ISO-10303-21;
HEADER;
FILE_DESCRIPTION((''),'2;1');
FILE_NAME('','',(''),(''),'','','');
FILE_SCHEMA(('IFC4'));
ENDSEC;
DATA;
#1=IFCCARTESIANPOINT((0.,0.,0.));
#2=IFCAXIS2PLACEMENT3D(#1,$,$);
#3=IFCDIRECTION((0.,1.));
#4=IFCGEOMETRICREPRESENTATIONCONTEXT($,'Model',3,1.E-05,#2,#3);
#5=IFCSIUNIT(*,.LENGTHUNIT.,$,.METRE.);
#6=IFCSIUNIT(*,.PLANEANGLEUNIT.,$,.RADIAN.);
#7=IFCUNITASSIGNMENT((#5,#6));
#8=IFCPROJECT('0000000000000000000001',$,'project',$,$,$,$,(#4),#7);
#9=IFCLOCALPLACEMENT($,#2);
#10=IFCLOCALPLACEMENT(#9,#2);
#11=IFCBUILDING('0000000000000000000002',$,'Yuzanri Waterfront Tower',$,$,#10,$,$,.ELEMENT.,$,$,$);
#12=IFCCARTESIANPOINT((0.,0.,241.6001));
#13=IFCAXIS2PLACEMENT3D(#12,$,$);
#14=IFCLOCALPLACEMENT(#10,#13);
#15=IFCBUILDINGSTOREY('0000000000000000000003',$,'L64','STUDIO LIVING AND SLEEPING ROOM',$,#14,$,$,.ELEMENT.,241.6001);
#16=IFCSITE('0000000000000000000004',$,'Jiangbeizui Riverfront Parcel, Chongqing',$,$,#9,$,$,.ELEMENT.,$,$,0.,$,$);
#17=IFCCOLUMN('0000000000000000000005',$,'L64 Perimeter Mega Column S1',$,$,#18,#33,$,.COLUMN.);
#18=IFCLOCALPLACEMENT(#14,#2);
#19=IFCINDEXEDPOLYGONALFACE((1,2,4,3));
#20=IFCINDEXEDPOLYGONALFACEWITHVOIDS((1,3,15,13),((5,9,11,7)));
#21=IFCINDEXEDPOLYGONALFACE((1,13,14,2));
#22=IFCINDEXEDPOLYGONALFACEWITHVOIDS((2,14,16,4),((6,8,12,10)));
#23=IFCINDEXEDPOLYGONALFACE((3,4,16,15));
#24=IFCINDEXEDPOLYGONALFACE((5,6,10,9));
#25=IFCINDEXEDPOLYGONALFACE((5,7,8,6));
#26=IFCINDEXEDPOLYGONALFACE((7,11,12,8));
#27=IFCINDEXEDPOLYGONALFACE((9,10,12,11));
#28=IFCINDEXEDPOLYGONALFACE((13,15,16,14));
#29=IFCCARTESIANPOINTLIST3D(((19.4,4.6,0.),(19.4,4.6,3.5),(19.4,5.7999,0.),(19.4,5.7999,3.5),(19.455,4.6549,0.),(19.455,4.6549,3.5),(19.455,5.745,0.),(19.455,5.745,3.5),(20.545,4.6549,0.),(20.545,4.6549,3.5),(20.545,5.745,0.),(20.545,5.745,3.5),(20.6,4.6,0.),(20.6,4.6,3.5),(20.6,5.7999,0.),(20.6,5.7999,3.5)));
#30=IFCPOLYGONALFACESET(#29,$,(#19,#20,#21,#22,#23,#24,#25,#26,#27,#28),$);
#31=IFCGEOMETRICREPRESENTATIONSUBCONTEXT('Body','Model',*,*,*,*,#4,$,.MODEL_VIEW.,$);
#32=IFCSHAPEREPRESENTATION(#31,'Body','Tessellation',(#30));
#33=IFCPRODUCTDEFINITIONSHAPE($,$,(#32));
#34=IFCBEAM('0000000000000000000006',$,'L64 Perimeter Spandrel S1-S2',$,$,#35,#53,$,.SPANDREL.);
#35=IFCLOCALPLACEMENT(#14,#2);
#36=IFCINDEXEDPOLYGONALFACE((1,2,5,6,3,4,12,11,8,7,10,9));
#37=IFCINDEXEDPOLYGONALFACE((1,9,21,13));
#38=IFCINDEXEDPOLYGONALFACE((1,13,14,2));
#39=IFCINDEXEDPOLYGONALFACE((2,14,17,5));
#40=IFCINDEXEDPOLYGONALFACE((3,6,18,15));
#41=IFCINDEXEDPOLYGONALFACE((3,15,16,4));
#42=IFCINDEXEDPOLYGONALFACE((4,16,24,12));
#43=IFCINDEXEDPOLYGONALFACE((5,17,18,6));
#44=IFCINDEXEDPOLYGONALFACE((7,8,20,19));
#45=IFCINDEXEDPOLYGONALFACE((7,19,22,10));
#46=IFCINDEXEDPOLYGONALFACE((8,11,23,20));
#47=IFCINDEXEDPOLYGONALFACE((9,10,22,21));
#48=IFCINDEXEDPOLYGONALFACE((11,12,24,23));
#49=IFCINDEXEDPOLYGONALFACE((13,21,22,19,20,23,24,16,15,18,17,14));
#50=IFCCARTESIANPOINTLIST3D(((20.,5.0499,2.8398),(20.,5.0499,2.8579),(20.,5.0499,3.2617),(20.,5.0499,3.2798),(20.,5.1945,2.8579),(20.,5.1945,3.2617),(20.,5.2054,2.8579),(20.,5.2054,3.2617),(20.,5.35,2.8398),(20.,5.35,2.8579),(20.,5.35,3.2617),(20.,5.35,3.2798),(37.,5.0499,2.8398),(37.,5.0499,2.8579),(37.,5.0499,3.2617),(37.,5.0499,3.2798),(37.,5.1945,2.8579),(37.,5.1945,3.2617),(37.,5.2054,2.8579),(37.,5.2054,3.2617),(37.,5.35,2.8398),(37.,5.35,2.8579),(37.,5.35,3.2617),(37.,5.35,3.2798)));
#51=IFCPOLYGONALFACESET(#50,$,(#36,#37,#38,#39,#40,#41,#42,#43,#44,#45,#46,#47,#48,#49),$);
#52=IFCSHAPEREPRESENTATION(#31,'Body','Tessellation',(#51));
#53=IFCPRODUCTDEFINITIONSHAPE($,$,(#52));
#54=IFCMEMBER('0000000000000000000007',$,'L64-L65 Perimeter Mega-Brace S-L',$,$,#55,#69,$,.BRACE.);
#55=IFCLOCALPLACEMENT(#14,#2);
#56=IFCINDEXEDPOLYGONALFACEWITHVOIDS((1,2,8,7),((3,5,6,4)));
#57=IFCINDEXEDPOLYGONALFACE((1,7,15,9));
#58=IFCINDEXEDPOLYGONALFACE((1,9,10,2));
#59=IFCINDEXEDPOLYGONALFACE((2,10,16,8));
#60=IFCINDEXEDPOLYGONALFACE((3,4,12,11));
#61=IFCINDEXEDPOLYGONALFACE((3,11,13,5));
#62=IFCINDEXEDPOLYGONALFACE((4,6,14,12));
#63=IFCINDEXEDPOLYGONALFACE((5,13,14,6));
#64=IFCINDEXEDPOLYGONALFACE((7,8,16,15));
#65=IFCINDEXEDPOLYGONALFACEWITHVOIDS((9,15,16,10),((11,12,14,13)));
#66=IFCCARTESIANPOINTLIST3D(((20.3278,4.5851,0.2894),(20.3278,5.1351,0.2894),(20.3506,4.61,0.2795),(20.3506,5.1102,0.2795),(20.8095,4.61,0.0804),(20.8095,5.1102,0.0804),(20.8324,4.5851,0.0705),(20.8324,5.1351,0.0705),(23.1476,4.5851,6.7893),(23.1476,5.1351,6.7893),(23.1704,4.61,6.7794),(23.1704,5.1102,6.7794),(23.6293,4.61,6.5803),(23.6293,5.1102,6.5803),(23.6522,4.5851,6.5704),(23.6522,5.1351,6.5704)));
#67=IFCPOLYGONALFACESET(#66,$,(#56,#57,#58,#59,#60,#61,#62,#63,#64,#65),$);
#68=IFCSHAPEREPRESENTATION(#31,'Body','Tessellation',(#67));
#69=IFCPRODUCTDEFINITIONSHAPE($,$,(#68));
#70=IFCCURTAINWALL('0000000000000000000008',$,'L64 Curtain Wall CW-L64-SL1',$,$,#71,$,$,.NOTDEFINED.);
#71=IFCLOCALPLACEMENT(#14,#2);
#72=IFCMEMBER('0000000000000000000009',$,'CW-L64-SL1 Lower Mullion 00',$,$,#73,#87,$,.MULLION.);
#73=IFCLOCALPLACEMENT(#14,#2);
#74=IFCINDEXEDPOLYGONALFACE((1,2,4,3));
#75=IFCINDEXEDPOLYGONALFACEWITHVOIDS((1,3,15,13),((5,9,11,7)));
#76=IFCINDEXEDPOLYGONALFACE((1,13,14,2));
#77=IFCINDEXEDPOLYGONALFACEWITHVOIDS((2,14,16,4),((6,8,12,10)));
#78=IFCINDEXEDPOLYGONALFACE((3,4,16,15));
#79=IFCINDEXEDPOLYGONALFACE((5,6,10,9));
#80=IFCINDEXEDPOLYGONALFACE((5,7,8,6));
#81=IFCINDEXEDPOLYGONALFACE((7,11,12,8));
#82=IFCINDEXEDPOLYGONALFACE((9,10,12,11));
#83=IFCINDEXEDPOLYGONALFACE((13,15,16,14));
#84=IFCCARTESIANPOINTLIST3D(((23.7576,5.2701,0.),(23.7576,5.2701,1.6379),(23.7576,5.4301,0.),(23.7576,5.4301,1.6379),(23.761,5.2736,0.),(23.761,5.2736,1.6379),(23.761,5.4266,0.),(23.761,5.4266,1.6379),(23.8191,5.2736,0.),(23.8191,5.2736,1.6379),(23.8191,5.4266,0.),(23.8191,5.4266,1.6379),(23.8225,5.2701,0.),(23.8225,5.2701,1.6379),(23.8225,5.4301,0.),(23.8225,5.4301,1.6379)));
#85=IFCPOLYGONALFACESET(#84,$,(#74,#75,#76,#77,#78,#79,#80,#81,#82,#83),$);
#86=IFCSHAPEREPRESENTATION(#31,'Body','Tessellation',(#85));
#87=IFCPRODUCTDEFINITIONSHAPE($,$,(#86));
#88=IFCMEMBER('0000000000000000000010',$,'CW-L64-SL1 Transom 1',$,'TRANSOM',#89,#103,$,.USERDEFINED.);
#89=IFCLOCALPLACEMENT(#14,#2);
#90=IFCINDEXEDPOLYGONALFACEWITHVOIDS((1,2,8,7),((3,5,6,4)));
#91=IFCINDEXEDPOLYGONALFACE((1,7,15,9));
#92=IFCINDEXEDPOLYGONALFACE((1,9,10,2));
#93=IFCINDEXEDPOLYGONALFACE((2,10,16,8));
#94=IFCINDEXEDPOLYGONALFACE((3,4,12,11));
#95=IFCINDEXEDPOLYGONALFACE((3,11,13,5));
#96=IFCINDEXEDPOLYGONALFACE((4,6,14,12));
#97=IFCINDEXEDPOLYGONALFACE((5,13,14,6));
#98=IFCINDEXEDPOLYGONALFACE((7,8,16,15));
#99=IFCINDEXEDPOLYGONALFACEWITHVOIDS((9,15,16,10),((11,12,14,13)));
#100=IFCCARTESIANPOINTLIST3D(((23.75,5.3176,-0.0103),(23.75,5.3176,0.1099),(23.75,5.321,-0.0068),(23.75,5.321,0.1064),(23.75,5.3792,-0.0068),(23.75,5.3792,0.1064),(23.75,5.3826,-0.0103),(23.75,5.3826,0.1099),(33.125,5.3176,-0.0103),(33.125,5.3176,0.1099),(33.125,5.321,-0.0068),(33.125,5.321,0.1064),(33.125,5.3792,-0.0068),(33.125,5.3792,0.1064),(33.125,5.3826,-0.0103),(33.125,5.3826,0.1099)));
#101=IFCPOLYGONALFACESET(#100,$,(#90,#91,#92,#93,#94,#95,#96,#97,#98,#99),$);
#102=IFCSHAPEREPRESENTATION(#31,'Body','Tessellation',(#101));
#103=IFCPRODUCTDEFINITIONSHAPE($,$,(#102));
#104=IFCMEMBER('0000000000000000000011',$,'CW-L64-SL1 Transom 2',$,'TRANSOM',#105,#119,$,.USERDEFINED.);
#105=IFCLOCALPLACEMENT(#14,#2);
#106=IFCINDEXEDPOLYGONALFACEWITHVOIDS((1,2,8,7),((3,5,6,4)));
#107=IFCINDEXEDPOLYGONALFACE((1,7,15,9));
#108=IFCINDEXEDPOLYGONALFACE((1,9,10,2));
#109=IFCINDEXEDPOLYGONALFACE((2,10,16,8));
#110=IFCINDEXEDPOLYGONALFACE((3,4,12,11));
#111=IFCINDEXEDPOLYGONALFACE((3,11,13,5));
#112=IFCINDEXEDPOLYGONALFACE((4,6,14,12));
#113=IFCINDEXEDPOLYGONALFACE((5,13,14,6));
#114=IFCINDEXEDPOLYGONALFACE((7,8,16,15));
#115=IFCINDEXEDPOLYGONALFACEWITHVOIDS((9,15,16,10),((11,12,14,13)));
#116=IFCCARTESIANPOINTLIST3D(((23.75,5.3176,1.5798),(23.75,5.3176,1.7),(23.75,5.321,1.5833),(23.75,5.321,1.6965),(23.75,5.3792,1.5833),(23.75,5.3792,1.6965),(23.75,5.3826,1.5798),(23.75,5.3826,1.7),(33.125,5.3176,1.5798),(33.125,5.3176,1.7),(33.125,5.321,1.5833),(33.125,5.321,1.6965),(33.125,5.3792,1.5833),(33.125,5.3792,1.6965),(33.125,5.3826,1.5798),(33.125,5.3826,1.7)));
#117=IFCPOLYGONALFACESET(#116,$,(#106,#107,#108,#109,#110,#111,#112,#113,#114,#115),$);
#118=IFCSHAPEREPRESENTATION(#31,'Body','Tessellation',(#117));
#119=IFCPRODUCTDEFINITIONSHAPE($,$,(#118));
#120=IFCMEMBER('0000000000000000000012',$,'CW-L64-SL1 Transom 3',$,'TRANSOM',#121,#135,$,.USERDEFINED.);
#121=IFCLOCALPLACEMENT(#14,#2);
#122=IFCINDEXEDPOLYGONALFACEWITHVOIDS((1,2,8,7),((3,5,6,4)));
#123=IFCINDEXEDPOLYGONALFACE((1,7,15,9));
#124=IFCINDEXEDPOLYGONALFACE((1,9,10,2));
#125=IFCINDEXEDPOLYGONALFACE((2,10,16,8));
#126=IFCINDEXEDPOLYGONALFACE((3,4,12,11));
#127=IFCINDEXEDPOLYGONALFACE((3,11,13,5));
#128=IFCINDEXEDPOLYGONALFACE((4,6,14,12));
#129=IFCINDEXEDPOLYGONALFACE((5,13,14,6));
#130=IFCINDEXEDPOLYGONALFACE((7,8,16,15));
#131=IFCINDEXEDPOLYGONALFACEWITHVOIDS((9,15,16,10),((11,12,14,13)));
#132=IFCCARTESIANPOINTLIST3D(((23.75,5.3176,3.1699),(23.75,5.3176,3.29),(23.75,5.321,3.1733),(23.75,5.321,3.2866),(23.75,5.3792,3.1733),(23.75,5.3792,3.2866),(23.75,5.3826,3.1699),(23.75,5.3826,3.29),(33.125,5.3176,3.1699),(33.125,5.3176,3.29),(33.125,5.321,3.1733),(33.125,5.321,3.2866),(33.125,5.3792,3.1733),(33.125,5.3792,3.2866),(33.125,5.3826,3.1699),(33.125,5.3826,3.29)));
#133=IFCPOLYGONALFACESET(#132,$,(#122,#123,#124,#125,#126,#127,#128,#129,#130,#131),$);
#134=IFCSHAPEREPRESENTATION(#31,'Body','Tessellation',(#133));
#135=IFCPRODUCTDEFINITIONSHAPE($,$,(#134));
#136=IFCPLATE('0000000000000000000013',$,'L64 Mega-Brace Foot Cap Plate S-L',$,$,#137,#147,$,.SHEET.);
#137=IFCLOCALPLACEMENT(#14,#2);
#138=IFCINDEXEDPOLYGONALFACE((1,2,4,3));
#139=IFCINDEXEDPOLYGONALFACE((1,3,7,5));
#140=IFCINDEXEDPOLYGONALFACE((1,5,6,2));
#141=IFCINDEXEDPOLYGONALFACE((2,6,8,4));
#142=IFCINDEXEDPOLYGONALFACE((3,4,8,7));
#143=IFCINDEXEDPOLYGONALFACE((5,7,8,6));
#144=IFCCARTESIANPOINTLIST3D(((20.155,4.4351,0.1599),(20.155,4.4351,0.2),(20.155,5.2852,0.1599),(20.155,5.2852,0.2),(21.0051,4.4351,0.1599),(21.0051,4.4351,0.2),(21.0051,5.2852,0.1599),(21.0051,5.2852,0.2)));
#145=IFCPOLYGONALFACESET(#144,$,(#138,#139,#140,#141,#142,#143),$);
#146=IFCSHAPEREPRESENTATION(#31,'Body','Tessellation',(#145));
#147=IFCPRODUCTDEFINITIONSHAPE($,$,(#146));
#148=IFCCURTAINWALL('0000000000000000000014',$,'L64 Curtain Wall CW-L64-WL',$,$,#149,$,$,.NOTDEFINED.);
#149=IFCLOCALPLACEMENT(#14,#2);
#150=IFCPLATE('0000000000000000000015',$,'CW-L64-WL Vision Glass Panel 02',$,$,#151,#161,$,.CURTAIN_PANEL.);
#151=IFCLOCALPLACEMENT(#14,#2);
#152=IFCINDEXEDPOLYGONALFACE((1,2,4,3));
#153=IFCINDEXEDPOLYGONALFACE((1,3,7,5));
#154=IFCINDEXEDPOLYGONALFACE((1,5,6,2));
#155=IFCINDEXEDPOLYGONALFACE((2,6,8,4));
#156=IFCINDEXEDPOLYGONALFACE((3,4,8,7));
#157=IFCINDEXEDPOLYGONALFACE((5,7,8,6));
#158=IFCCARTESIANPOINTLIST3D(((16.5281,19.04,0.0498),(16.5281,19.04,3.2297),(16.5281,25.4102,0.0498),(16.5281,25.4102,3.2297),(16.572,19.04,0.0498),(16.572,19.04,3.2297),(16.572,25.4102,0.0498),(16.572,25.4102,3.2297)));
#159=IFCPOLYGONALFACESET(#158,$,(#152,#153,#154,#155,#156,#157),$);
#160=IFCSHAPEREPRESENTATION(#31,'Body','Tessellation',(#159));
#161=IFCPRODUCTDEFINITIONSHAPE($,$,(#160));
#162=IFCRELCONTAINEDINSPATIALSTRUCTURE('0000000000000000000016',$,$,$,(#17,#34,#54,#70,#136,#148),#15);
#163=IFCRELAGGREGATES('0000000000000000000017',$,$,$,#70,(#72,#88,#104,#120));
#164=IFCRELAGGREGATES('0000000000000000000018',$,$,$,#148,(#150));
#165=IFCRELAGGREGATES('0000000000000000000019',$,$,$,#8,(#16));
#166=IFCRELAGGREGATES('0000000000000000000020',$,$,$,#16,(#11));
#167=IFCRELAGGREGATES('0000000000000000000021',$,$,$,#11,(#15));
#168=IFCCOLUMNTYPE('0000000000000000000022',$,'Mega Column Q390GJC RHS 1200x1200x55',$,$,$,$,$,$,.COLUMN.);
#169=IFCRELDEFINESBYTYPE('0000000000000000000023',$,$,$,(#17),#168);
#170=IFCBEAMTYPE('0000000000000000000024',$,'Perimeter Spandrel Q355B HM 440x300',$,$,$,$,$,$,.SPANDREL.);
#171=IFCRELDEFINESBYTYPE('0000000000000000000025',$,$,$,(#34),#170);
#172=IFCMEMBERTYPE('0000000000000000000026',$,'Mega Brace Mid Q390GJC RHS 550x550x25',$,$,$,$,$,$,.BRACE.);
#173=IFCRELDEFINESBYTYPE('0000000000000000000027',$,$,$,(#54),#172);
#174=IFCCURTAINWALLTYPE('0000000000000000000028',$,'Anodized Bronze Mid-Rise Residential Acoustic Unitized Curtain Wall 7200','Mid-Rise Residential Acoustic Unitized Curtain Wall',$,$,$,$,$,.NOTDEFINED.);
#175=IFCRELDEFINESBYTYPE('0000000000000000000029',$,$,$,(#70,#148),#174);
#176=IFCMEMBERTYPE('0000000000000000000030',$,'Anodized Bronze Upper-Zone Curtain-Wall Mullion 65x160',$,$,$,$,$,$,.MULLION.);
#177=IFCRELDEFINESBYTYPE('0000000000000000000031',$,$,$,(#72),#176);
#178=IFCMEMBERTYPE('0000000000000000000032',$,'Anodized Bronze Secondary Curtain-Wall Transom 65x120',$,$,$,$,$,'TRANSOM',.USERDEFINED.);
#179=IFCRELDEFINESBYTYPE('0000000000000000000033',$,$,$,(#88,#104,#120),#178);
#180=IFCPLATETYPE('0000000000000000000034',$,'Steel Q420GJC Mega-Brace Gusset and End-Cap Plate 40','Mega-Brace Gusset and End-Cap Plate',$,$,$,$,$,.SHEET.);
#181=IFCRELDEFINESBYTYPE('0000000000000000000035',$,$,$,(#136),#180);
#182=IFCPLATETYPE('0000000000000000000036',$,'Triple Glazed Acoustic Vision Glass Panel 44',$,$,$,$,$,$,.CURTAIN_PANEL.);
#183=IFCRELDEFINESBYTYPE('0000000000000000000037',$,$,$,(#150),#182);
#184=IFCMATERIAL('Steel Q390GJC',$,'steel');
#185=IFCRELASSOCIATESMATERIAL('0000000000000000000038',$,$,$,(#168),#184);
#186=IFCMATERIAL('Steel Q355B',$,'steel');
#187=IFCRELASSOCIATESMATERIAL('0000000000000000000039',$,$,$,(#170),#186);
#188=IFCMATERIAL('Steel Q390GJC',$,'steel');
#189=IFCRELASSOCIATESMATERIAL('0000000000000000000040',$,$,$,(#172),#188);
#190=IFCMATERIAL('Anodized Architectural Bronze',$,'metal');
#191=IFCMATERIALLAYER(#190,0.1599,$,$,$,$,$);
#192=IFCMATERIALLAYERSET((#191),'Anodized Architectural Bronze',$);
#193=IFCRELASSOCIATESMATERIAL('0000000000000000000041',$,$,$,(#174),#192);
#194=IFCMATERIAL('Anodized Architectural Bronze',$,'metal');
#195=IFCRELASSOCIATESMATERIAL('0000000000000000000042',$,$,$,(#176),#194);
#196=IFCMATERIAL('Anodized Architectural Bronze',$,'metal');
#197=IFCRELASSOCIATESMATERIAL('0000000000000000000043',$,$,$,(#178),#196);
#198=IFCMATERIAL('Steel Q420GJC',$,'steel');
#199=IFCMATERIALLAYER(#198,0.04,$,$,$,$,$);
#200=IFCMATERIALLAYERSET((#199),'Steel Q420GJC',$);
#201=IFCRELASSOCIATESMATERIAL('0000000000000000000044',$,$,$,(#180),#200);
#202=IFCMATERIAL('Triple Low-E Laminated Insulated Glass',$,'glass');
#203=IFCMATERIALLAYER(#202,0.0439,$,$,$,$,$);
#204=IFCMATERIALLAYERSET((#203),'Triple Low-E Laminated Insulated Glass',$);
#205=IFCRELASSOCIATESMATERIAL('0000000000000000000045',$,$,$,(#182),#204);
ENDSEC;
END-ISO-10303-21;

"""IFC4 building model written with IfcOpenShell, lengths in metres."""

from ifc_helpers import new_model, si_unit, direction, frame, origin, origin_2d, place, context, subcontext, project, spatial, rectangle, hollow_rectangle, i_section, extrude, source, transform, mapped, material, layer, layer_set, material_profile, profile_set, type_object, element, aggregate, save


model = new_model("IFC4")

# Units and contexts
model_context = context("Model", 3, precision=1e-05, world=origin(), true_north=direction((0.0, 1.0)))
body_context = subcontext(model_context, "Body", "Model", "MODEL_VIEW")
ifc_project = project(units=[si_unit("LENGTHUNIT", "METRE"), si_unit("PLANEANGLEUNIT", "RADIAN")], contexts=[model_context])

# Site, building, storey
site_placement = place(None, origin())
site = spatial("IfcSite", under=ifc_project, at=site_placement, Name="Jiangbeizui Riverfront Parcel, Chongqing", CompositionType="ELEMENT", RefElevation=0.0)
building_placement = place(site_placement, origin())
building = spatial("IfcBuilding", under=site, at=building_placement, Name="Yuzanri Waterfront Tower", CompositionType="ELEMENT")
storey_placement = place(building_placement, frame((0.0, 0.0, 241.6001)))
storey = spatial("IfcBuildingStorey", under=building, at=storey_placement, Name="L64", Description="STUDIO LIVING AND SLEEPING ROOM", CompositionType="ELEMENT", Elevation=241.6001)

# Column
ifc_material_1 = material(Name="Steel Q390GJC", Category="steel")
ifc_material_profile_1 = material_profile(ifc_material_1, hollow_rectangle(XDim=1.2, YDim=1.2, WallThickness=0.0549, at=origin_2d()), Name="RHS 1200x1200x55")
ifc_profile_set_1 = profile_set([ifc_material_profile_1], Name="Steel Q390GJC")
column_type = type_object("IfcColumnType", Name="Mega Column Q390GJC RHS 1200x1200x55", PredefinedType="COLUMN", material=ifc_profile_set_1)
shared_shape_1 = source(origin(), body_context, "Body", "SweptSolid", [
    extrude(hollow_rectangle(XDim=1.2, YDim=1.2, WallThickness=0.0549, at=origin_2d()), origin(), (0.0, 0.0, 1.0), 3.5),
])
column_placement = place(storey_placement, frame((20.0, 5.2, 0.0), z_axis=(0.0, 0.0, 1.0), x_axis=(1.0, 0.0, 0.0)))
element("IfcColumn", 1, at=column_placement, inside=storey, type_object=column_type, Name="L64 Perimeter Mega Column S1", PredefinedType="COLUMN", context=body_context, shape_type="MappedRepresentation", body=[
    mapped(shared_shape_1, transform((0.0, 0.0, 0.0), scale=1.0)),
])

# Beam
ifc_material_2 = material(Name="Steel Q355B", Category="steel")
ifc_material_profile_2 = material_profile(ifc_material_2, i_section(OverallWidth=0.3, OverallDepth=0.4399, WebThickness=0.011, FlangeThickness=0.0181, at=origin_2d()), Name="HM 440x300x11x18")
ifc_profile_set_2 = profile_set([ifc_material_profile_2], Name="Steel Q355B")
beam_type = type_object("IfcBeamType", Name="Perimeter Spandrel Q355B HM 440x300", PredefinedType="SPANDREL", material=ifc_profile_set_2)
shared_shape_2 = source(origin(), body_context, "Body", "SweptSolid", [
    extrude(i_section(OverallWidth=0.3, OverallDepth=0.4399, WebThickness=0.011, FlangeThickness=0.0181, at=origin_2d()), origin(), (0.0, 0.0, 1.0), 17.0),
])
beam_placement = place(storey_placement, frame((20.0, 5.2, 3.0598), z_axis=(1.0, 0.0, 0.0), x_axis=(0.0, 1.0, 0.0)))
element("IfcBeam", 2, at=beam_placement, inside=storey, type_object=beam_type, Name="L64 Perimeter Spandrel S1-S2", PredefinedType="SPANDREL", context=body_context, shape_type="MappedRepresentation", body=[
    mapped(shared_shape_2, transform((0.0, 0.0, 0.0), scale=1.0)),
])

# Member
ifc_material_3 = material(Name="Steel Q390GJC", Category="steel")
ifc_material_profile_3 = material_profile(ifc_material_3, hollow_rectangle(XDim=0.55, YDim=0.55, WallThickness=0.0249, at=origin_2d()), Name="RHS 550x550x25")
ifc_profile_set_3 = profile_set([ifc_material_profile_3], Name="Steel Q390GJC")
member_type_1 = type_object("IfcMemberType", Name="Mega Brace Mid Q390GJC RHS 550x550x25", PredefinedType="BRACE", material=ifc_profile_set_3)
shared_shape_3 = source(origin(), body_context, "Body", "SweptSolid", [
    extrude(hollow_rectangle(XDim=0.55, YDim=0.55, WallThickness=0.0249, at=origin_2d()), origin(), (0.0, 0.0, 1.0), 7.0852),
])
member_1_placement = place(storey_placement, frame((20.5801, 4.8601, 0.1799), z_axis=(0.397983, 0.0, 0.917393), x_axis=(0.0, 1.0, 0.0)))
element("IfcMember", 3, at=member_1_placement, inside=storey, type_object=member_type_1, Name="L64-L65 Perimeter Mega-Brace S-L", PredefinedType="BRACE", context=body_context, shape_type="MappedRepresentation", body=[
    mapped(shared_shape_3, transform((0.0, 0.0, 0.0), scale=1.0)),
])

# Curtain wall, members
ifc_material_4 = material(Name="Anodized Architectural Bronze", Category="metal")
ifc_layer_1 = layer(ifc_material_4, 0.1599)
ifc_layer_set_1 = layer_set([ifc_layer_1], Name="Anodized Architectural Bronze")
curtain_wall_type = type_object("IfcCurtainWallType", Name="Anodized Bronze Mid-Rise Residential Acoustic Unitized Curtain Wall 7200", Description="Mid-Rise Residential Acoustic Unitized Curtain Wall", PredefinedType="NOTDEFINED", material=ifc_layer_set_1)
curtain_wall_1_placement = place(storey_placement, origin())
curtain_wall_1 = element("IfcCurtainWall", 4, at=curtain_wall_1_placement, inside=storey, type_object=curtain_wall_type, Name="L64 Curtain Wall CW-L64-SL1", PredefinedType="NOTDEFINED")
ifc_material_5 = material(Name="Anodized Architectural Bronze", Category="metal")
ifc_material_profile_4 = material_profile(ifc_material_5, hollow_rectangle(XDim=0.0649, YDim=0.1599, WallThickness=0.0034, at=origin_2d()), Name="CWM 65x160")
ifc_profile_set_4 = profile_set([ifc_material_profile_4], Name="Anodized Architectural Bronze")
member_type_2 = type_object("IfcMemberType", Name="Anodized Bronze Upper-Zone Curtain-Wall Mullion 65x160", PredefinedType="MULLION", material=ifc_profile_set_4)
shared_shape_4 = source(origin(), body_context, "Body", "SweptSolid", [
    extrude(hollow_rectangle(XDim=0.0649, YDim=0.1599, WallThickness=0.0034, at=origin_2d()), origin(), (0.0, 0.0, 1.0), 1.6379),
])
member_2_placement = place(storey_placement, frame((23.79, 5.3501, 0.0), z_axis=(0.0, 0.0, 1.0), x_axis=(1.0, 0.0, 0.0)))
member_2 = element("IfcMember", 5, at=member_2_placement, type_object=member_type_2, Name="CW-L64-SL1 Lower Mullion 00", PredefinedType="MULLION", context=body_context, shape_type="MappedRepresentation", body=[
    mapped(shared_shape_4, transform((0.0, 0.0, 0.0), scale=1.0)),
])
ifc_material_6 = material(Name="Anodized Architectural Bronze", Category="metal")
ifc_material_profile_5 = material_profile(ifc_material_6, hollow_rectangle(XDim=0.0649, YDim=0.1201, WallThickness=0.0034, at=origin_2d()), Name="CWT 65x120")
ifc_profile_set_5 = profile_set([ifc_material_profile_5], Name="Anodized Architectural Bronze")
member_type_3 = type_object("IfcMemberType", Name="Anodized Bronze Secondary Curtain-Wall Transom 65x120", ElementType="TRANSOM", PredefinedType="USERDEFINED", material=ifc_profile_set_5)
shared_shape_5 = source(origin(), body_context, "Body", "SweptSolid", [
    extrude(hollow_rectangle(XDim=0.0649, YDim=0.1201, WallThickness=0.0034, at=origin_2d()), origin(), (0.0, 0.0, 1.0), 9.375),
])
member_3_placement = place(storey_placement, frame((23.75, 5.3501, 0.0498), z_axis=(1.0, 0.0, 0.0), x_axis=(0.0, 1.0, 0.0)))
member_3 = element("IfcMember", 6, at=member_3_placement, type_object=member_type_3, Name="CW-L64-SL1 Transom 1", ObjectType="TRANSOM", PredefinedType="USERDEFINED", context=body_context, shape_type="MappedRepresentation", body=[
    mapped(shared_shape_5, transform((0.0, 0.0, 0.0), scale=1.0)),
])
member_4_placement = place(storey_placement, frame((23.75, 5.3501, 1.6399), z_axis=(1.0, 0.0, 0.0), x_axis=(0.0, 1.0, 0.0)))
member_4 = element("IfcMember", 7, at=member_4_placement, type_object=member_type_3, Name="CW-L64-SL1 Transom 2", ObjectType="TRANSOM", PredefinedType="USERDEFINED", context=body_context, shape_type="MappedRepresentation", body=[
    mapped(shared_shape_5, transform((0.0, 0.0, 0.0), scale=1.0)),
])
member_5_placement = place(storey_placement, frame((23.75, 5.3501, 3.23), z_axis=(1.0, 0.0, 0.0), x_axis=(0.0, 1.0, 0.0)))
member_5 = element("IfcMember", 8, at=member_5_placement, type_object=member_type_3, Name="CW-L64-SL1 Transom 3", ObjectType="TRANSOM", PredefinedType="USERDEFINED", context=body_context, shape_type="MappedRepresentation", body=[
    mapped(shared_shape_5, transform((0.0, 0.0, 0.0), scale=1.0)),
])
aggregate(curtain_wall_1, [member_2, member_3, member_4, member_5])

# Plate
ifc_material_7 = material(Name="Steel Q420GJC", Category="steel")
ifc_layer_2 = layer(ifc_material_7, 0.04)
ifc_layer_set_2 = layer_set([ifc_layer_2], Name="Steel Q420GJC")
plate_type_1 = type_object("IfcPlateType", Name="Steel Q420GJC Mega-Brace Gusset and End-Cap Plate 40", Description="Mega-Brace Gusset and End-Cap Plate", PredefinedType="SHEET", material=ifc_layer_set_2)
shared_shape_6 = source(origin(), body_context, "Body", "SweptSolid", [
    extrude(rectangle(XDim=0.8501, YDim=0.8501, at=origin_2d()), origin(), (0.0, 0.0, 1.0), 0.04),
])
plate_1_placement = place(storey_placement, frame((20.5801, 4.8601, 0.1599), z_axis=(0.0, 0.0, 1.0), x_axis=(1.0, 0.0, 0.0)))
element("IfcPlate", 9, at=plate_1_placement, inside=storey, type_object=plate_type_1, Name="L64 Mega-Brace Foot Cap Plate S-L", PredefinedType="SHEET", context=body_context, shape_type="MappedRepresentation", body=[
    mapped(shared_shape_6, transform((0.0, 0.0, 0.0), scale=1.0)),
])

# Curtain wall, plate
curtain_wall_2_placement = place(storey_placement, origin())
curtain_wall_2 = element("IfcCurtainWall", 10, at=curtain_wall_2_placement, inside=storey, type_object=curtain_wall_type, Name="L64 Curtain Wall CW-L64-WL", PredefinedType="NOTDEFINED")
ifc_material_8 = material(Name="Triple Low-E Laminated Insulated Glass", Category="glass")
ifc_layer_3 = layer(ifc_material_8, 0.0439)
ifc_layer_set_3 = layer_set([ifc_layer_3], Name="Triple Low-E Laminated Insulated Glass")
plate_type_2 = type_object("IfcPlateType", Name="Triple Glazed Acoustic Vision Glass Panel 44", PredefinedType="CURTAIN_PANEL", material=ifc_layer_set_3)
shared_shape_7 = source(origin(), body_context, "Body", "SweptSolid", [
    extrude(rectangle(XDim=6.3701, YDim=0.0439, at=origin_2d()), origin(), (0.0, 0.0, 1.0), 3.1799),
])
plate_2_placement = place(storey_placement, frame((16.55, 22.2251, 0.0498), z_axis=(0.0, 0.0, 1.0), x_axis=(0.0, 1.0, 0.0)))
plate_2 = element("IfcPlate", 11, at=plate_2_placement, type_object=plate_type_2, Name="CW-L64-WL Vision Glass Panel 02", PredefinedType="CURTAIN_PANEL", context=body_context, shape_type="MappedRepresentation", body=[
    mapped(shared_shape_7, transform((0.0, 0.0, 0.0), scale=1.0)),
])
aggregate(curtain_wall_2, [plate_2])

save(model, "model.ifc")
